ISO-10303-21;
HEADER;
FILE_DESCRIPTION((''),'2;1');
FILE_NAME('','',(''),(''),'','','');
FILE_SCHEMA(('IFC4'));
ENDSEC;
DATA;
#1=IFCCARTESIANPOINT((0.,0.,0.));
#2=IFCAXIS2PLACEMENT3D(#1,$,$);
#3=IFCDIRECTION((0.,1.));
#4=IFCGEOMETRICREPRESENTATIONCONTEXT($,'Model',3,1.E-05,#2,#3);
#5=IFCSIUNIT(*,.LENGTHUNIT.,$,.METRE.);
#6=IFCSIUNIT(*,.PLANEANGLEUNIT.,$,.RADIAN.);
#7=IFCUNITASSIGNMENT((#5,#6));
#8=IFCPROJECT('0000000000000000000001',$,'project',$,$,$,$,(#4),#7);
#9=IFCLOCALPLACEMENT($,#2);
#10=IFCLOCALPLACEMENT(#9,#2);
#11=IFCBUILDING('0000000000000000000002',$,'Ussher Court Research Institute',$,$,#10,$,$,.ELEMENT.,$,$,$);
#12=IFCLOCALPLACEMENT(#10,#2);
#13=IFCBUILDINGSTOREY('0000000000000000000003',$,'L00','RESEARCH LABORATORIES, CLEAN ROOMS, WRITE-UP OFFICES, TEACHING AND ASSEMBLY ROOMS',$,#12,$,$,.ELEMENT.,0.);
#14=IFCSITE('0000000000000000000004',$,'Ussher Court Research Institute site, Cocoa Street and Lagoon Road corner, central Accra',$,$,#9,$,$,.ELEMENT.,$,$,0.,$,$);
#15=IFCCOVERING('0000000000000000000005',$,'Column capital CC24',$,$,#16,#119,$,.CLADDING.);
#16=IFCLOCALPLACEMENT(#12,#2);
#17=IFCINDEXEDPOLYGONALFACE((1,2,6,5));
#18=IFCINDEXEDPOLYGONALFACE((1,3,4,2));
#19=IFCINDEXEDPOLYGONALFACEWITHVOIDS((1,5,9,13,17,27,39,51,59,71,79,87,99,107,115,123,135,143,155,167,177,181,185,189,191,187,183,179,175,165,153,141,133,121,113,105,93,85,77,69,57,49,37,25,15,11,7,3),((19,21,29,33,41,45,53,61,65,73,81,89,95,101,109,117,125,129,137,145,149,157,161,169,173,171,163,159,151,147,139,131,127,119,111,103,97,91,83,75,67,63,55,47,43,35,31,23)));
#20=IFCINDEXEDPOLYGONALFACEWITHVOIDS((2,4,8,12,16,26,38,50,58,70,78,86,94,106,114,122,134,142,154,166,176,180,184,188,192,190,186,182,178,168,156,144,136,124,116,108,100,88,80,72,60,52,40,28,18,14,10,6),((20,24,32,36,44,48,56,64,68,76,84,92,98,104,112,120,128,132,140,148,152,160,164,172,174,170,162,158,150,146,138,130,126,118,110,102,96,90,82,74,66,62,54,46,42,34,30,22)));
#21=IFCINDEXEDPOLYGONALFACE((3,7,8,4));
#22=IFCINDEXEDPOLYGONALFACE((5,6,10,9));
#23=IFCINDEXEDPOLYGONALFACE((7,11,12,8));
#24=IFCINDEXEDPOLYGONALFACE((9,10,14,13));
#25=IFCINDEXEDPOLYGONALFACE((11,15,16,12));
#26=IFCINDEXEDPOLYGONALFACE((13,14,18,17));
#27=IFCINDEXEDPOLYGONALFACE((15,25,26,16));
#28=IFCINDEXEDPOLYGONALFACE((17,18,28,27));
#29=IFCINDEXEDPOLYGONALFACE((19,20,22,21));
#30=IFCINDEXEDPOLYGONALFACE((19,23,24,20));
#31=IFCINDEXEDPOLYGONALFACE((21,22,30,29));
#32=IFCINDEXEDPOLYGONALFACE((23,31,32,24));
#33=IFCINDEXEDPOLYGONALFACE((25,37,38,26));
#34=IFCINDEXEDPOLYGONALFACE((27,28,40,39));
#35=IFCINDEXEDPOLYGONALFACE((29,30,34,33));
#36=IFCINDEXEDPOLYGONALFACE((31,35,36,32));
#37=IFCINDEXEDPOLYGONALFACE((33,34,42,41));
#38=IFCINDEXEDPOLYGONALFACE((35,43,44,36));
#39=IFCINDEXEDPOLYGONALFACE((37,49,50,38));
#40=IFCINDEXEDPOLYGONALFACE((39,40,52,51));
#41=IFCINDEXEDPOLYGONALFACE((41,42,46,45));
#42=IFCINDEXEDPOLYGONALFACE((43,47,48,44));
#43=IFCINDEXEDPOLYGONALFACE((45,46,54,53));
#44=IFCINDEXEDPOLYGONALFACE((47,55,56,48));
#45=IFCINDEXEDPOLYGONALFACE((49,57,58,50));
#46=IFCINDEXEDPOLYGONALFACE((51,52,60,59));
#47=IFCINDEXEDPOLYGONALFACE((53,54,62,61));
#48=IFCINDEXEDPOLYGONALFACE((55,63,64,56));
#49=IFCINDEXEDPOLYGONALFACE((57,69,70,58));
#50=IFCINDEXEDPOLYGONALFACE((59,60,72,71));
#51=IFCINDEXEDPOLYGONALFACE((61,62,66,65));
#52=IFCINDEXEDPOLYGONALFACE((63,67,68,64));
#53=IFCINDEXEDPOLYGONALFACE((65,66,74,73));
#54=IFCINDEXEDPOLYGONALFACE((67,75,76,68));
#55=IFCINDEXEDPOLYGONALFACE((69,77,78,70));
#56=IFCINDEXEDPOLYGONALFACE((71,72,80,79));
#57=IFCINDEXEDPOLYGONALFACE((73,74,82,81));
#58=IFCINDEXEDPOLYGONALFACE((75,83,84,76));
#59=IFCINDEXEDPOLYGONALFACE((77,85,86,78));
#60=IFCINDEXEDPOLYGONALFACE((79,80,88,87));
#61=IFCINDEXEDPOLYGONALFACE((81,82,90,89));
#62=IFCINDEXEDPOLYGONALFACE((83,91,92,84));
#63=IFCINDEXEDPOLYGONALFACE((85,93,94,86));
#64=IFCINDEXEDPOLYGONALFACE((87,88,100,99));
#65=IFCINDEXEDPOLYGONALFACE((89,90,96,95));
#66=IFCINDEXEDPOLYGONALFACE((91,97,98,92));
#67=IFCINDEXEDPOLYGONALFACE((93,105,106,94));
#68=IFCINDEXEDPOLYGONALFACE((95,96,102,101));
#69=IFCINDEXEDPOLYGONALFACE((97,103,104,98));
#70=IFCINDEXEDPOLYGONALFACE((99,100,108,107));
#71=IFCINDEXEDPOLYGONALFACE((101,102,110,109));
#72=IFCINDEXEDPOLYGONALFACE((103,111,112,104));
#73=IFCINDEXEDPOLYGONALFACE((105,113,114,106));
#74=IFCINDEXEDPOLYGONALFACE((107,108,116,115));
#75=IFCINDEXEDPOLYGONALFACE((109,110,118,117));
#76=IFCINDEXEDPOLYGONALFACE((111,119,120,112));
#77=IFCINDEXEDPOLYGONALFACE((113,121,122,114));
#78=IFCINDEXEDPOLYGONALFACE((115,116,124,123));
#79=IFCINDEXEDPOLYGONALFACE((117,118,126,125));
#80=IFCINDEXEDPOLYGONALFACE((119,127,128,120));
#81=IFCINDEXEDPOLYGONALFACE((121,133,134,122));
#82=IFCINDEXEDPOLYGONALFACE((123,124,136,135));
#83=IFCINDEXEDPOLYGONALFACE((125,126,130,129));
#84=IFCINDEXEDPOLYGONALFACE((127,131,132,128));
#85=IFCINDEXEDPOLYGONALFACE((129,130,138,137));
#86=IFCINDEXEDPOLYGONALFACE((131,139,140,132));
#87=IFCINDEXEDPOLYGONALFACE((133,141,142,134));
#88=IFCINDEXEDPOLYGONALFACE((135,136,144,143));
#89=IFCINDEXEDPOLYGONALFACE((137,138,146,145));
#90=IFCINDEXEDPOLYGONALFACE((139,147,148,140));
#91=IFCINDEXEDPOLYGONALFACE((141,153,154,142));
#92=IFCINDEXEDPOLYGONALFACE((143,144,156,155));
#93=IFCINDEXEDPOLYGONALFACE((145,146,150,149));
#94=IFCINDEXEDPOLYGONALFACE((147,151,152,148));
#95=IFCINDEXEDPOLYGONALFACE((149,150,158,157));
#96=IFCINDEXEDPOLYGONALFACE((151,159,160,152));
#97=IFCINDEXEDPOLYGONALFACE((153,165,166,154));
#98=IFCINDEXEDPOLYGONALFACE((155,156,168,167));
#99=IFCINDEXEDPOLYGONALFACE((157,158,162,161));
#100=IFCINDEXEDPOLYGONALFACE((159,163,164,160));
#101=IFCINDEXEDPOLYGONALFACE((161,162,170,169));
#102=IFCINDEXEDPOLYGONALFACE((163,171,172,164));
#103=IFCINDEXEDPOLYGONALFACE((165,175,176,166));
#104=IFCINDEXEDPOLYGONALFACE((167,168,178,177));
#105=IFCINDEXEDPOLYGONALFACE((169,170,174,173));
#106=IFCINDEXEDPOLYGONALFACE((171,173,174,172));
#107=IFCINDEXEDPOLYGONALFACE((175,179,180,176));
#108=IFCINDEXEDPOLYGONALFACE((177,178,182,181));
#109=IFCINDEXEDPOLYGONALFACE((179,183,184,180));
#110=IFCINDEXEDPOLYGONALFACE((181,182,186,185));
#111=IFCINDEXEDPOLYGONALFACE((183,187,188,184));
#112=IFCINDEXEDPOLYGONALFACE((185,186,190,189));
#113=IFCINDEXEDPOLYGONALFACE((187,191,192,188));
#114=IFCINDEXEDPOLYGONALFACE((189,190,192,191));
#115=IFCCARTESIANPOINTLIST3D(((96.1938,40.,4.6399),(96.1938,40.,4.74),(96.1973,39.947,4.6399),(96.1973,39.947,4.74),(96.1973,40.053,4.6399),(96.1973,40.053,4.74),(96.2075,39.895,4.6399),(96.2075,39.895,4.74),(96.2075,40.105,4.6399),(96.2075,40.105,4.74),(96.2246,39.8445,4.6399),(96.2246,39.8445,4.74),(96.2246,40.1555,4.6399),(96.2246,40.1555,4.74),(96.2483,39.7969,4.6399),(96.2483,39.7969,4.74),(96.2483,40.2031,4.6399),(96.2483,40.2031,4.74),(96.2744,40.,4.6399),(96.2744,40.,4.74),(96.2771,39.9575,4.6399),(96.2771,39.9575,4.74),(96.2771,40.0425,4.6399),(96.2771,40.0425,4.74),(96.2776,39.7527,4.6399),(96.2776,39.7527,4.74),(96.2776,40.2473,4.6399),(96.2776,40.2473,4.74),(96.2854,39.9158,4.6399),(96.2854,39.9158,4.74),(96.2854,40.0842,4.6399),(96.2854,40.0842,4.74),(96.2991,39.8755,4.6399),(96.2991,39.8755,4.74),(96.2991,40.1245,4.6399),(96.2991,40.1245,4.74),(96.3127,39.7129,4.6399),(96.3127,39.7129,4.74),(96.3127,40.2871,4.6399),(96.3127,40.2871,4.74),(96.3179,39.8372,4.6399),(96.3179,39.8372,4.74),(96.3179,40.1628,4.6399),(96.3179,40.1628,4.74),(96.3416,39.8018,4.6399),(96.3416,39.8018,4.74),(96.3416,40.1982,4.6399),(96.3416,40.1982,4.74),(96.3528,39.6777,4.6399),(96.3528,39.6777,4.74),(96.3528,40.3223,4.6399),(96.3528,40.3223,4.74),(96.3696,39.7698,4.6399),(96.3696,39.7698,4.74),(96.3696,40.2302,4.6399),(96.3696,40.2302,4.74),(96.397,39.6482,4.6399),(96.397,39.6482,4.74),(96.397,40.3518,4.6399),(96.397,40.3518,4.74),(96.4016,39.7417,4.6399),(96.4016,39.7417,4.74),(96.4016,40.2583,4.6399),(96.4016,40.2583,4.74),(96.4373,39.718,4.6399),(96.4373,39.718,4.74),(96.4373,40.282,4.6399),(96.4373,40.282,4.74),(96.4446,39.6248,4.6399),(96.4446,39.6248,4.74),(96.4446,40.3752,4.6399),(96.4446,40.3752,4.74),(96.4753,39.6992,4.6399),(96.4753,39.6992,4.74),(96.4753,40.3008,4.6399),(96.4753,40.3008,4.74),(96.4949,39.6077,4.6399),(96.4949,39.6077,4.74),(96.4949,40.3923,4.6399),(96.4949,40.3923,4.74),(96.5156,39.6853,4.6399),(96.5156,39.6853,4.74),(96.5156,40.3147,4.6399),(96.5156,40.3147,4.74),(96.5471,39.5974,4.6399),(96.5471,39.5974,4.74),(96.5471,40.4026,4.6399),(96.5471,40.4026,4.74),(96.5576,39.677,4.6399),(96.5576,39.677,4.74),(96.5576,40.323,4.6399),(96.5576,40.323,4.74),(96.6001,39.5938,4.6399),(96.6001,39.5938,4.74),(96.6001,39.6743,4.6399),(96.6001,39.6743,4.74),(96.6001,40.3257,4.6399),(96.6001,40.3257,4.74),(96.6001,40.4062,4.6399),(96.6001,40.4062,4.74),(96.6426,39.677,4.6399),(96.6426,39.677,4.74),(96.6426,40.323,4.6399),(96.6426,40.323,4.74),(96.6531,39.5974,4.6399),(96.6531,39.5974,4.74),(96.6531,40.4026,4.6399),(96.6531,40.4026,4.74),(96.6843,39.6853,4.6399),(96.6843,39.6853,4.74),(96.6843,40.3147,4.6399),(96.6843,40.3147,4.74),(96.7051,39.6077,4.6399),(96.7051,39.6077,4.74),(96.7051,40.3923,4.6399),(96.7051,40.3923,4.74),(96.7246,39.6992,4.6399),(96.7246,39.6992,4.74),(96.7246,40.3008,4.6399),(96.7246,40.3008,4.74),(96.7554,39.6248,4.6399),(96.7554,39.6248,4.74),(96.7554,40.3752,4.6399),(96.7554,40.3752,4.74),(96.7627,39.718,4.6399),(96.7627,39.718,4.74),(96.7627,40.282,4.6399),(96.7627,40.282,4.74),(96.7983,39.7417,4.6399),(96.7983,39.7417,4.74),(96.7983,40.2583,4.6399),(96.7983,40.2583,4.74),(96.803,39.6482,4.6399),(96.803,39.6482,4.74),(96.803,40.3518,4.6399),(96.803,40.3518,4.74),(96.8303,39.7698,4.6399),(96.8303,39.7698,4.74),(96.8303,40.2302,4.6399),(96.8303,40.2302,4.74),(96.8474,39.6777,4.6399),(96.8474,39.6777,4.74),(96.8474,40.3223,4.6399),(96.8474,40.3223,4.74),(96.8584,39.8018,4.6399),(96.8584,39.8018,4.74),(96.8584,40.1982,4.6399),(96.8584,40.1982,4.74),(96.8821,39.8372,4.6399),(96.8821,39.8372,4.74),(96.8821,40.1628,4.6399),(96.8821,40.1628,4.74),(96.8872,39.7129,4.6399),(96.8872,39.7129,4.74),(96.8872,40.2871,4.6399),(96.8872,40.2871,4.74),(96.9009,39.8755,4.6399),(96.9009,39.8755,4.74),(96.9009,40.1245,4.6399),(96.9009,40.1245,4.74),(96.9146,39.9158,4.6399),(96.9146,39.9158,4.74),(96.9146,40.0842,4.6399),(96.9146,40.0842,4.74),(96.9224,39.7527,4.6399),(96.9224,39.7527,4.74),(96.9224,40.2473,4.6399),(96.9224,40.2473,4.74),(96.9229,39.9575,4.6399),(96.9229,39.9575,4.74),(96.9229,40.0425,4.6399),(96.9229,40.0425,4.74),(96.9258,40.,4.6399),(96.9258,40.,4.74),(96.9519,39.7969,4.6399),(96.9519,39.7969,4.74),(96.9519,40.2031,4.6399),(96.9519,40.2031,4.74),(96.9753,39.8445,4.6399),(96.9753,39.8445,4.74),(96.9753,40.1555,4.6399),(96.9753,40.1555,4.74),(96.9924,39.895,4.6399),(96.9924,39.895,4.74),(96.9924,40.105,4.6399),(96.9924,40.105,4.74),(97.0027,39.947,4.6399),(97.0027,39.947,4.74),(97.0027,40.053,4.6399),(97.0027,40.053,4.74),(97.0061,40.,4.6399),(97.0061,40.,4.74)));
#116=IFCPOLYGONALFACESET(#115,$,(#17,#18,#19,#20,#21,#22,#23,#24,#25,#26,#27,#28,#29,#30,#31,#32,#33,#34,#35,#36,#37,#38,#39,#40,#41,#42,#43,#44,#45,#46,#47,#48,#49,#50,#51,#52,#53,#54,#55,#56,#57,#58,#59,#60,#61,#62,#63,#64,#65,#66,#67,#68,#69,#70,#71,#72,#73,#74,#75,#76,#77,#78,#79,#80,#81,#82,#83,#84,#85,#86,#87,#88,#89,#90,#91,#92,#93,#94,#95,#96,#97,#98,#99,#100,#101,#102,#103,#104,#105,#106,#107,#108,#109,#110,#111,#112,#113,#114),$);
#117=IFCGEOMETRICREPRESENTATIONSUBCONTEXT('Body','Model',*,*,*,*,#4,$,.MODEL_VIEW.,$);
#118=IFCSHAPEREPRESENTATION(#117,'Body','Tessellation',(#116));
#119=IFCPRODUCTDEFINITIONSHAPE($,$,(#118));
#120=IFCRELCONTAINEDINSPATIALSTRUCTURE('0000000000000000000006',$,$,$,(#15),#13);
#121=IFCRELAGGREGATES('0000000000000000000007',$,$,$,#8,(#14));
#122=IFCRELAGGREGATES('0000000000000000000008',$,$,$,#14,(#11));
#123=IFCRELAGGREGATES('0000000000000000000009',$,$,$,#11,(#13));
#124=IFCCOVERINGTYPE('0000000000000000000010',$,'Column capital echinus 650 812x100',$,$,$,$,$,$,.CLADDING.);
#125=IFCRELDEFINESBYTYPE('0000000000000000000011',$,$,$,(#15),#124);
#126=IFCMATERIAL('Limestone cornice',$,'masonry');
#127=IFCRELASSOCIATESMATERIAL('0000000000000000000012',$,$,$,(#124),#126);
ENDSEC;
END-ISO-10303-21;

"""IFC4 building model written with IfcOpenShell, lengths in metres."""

from ifc_helpers import new_model, si_unit, direction, frame, origin, place, context, subcontext, project, spatial, polyline, outline, extrude, material, type_object, element, save


model = new_model("IFC4")

# Units and contexts
model_context = context("Model", 3, precision=1e-05, world=origin(), true_north=direction((0.0, 1.0)))
body_context = subcontext(model_context, "Body", "Model", "MODEL_VIEW")
ifc_project = project(units=[si_unit("LENGTHUNIT", "METRE"), si_unit("PLANEANGLEUNIT", "RADIAN")], contexts=[model_context])

# Site, building, storey
site_placement = place(None, origin())
site = spatial("IfcSite", under=ifc_project, at=site_placement, Name="Ussher Court Research Institute site, Cocoa Street and Lagoon Road corner, central Accra", CompositionType="ELEMENT", RefElevation=0.0)
building_placement = place(site_placement, origin())
building = spatial("IfcBuilding", under=site, at=building_placement, Name="Ussher Court Research Institute", CompositionType="ELEMENT")
storey_placement = place(building_placement, origin())
storey = spatial("IfcBuildingStorey", under=building, at=storey_placement, Name="L00", Description="RESEARCH LABORATORIES, CLEAN ROOMS, WRITE-UP OFFICES, TEACHING AND ASSEMBLY ROOMS", CompositionType="ELEMENT", Elevation=0.0)

# Covering
ifc_material_1 = material(Name="Limestone cornice", Category="masonry")
covering_type_1 = type_object("IfcCoveringType", Name="Column capital echinus 650 812x100", PredefinedType="CLADDING", material=ifc_material_1)
covering_1_placement = place(storey_placement, frame((0.0, 0.0, 4.6399)))
element("IfcCovering", 1, at=covering_1_placement, inside=storey, type_object=covering_type_1, Name="Column capital CC24", PredefinedType="CLADDING", context=body_context, shape_type="SweptSolid", body=[
    extrude(outline(polyline([(97.0061, 40.0), (97.0027, 40.053), (96.9924, 40.105), (96.9753, 40.1555), (96.9519, 40.2031), (96.9224, 40.2473), (96.8872, 40.2871), (96.8474, 40.3223), (96.803, 40.3518), (96.7554, 40.3752), (96.7051, 40.3923), (96.6531, 40.4026), (96.6001, 40.4062), (96.5471, 40.4026), (96.4949, 40.3923), (96.4446, 40.3752), (96.397, 40.3518), (96.3528, 40.3223), (96.3127, 40.2871), (96.2776, 40.2473), (96.2483, 40.2031), (96.2246, 40.1555), (96.2075, 40.105), (96.1973, 40.053), (96.1938, 40.0), (96.1973, 39.947), (96.2075, 39.895), (96.2246, 39.8445), (96.2483, 39.7969), (96.2776, 39.7527), (96.3127, 39.7129), (96.3528, 39.6777), (96.397, 39.6482), (96.4446, 39.6248), (96.4949, 39.6077), (96.5471, 39.5974), (96.6001, 39.5938), (96.6531, 39.5974), (96.7051, 39.6077), (96.7554, 39.6248), (96.803, 39.6482), (96.8474, 39.6777), (96.8872, 39.7129), (96.9224, 39.7527), (96.9519, 39.7969), (96.9753, 39.8445), (96.9924, 39.895), (97.0027, 39.947), (97.0061, 40.0)]), holes=[polyline([(96.9258, 40.0), (96.9229, 40.0425), (96.9146, 40.0842), (96.9009, 40.1245), (96.8821, 40.1628), (96.8584, 40.1982), (96.8303, 40.2302), (96.7983, 40.2583), (96.7627, 40.282), (96.7246, 40.3008), (96.6843, 40.3147), (96.6426, 40.323), (96.6001, 40.3257), (96.5576, 40.323), (96.5156, 40.3147), (96.4753, 40.3008), (96.4373, 40.282), (96.4016, 40.2583), (96.3696, 40.2302), (96.3416, 40.1982), (96.3179, 40.1628), (96.2991, 40.1245), (96.2854, 40.0842), (96.2771, 40.0425), (96.2744, 40.0), (96.2771, 39.9575), (96.2854, 39.9158), (96.2991, 39.8755), (96.3179, 39.8372), (96.3416, 39.8018), (96.3696, 39.7698), (96.4016, 39.7417), (96.4373, 39.718), (96.4753, 39.6992), (96.5156, 39.6853), (96.5576, 39.677), (96.6001, 39.6743), (96.6426, 39.677), (96.6843, 39.6853), (96.7246, 39.6992), (96.7627, 39.718), (96.7983, 39.7417), (96.8303, 39.7698), (96.8584, 39.8018), (96.8821, 39.8372), (96.9009, 39.8755), (96.9146, 39.9158), (96.9229, 39.9575), (96.9258, 40.0)])]), origin(), (0.0, 0.0, 1.0), 0.1001),
])

save(model, "model.ifc")
